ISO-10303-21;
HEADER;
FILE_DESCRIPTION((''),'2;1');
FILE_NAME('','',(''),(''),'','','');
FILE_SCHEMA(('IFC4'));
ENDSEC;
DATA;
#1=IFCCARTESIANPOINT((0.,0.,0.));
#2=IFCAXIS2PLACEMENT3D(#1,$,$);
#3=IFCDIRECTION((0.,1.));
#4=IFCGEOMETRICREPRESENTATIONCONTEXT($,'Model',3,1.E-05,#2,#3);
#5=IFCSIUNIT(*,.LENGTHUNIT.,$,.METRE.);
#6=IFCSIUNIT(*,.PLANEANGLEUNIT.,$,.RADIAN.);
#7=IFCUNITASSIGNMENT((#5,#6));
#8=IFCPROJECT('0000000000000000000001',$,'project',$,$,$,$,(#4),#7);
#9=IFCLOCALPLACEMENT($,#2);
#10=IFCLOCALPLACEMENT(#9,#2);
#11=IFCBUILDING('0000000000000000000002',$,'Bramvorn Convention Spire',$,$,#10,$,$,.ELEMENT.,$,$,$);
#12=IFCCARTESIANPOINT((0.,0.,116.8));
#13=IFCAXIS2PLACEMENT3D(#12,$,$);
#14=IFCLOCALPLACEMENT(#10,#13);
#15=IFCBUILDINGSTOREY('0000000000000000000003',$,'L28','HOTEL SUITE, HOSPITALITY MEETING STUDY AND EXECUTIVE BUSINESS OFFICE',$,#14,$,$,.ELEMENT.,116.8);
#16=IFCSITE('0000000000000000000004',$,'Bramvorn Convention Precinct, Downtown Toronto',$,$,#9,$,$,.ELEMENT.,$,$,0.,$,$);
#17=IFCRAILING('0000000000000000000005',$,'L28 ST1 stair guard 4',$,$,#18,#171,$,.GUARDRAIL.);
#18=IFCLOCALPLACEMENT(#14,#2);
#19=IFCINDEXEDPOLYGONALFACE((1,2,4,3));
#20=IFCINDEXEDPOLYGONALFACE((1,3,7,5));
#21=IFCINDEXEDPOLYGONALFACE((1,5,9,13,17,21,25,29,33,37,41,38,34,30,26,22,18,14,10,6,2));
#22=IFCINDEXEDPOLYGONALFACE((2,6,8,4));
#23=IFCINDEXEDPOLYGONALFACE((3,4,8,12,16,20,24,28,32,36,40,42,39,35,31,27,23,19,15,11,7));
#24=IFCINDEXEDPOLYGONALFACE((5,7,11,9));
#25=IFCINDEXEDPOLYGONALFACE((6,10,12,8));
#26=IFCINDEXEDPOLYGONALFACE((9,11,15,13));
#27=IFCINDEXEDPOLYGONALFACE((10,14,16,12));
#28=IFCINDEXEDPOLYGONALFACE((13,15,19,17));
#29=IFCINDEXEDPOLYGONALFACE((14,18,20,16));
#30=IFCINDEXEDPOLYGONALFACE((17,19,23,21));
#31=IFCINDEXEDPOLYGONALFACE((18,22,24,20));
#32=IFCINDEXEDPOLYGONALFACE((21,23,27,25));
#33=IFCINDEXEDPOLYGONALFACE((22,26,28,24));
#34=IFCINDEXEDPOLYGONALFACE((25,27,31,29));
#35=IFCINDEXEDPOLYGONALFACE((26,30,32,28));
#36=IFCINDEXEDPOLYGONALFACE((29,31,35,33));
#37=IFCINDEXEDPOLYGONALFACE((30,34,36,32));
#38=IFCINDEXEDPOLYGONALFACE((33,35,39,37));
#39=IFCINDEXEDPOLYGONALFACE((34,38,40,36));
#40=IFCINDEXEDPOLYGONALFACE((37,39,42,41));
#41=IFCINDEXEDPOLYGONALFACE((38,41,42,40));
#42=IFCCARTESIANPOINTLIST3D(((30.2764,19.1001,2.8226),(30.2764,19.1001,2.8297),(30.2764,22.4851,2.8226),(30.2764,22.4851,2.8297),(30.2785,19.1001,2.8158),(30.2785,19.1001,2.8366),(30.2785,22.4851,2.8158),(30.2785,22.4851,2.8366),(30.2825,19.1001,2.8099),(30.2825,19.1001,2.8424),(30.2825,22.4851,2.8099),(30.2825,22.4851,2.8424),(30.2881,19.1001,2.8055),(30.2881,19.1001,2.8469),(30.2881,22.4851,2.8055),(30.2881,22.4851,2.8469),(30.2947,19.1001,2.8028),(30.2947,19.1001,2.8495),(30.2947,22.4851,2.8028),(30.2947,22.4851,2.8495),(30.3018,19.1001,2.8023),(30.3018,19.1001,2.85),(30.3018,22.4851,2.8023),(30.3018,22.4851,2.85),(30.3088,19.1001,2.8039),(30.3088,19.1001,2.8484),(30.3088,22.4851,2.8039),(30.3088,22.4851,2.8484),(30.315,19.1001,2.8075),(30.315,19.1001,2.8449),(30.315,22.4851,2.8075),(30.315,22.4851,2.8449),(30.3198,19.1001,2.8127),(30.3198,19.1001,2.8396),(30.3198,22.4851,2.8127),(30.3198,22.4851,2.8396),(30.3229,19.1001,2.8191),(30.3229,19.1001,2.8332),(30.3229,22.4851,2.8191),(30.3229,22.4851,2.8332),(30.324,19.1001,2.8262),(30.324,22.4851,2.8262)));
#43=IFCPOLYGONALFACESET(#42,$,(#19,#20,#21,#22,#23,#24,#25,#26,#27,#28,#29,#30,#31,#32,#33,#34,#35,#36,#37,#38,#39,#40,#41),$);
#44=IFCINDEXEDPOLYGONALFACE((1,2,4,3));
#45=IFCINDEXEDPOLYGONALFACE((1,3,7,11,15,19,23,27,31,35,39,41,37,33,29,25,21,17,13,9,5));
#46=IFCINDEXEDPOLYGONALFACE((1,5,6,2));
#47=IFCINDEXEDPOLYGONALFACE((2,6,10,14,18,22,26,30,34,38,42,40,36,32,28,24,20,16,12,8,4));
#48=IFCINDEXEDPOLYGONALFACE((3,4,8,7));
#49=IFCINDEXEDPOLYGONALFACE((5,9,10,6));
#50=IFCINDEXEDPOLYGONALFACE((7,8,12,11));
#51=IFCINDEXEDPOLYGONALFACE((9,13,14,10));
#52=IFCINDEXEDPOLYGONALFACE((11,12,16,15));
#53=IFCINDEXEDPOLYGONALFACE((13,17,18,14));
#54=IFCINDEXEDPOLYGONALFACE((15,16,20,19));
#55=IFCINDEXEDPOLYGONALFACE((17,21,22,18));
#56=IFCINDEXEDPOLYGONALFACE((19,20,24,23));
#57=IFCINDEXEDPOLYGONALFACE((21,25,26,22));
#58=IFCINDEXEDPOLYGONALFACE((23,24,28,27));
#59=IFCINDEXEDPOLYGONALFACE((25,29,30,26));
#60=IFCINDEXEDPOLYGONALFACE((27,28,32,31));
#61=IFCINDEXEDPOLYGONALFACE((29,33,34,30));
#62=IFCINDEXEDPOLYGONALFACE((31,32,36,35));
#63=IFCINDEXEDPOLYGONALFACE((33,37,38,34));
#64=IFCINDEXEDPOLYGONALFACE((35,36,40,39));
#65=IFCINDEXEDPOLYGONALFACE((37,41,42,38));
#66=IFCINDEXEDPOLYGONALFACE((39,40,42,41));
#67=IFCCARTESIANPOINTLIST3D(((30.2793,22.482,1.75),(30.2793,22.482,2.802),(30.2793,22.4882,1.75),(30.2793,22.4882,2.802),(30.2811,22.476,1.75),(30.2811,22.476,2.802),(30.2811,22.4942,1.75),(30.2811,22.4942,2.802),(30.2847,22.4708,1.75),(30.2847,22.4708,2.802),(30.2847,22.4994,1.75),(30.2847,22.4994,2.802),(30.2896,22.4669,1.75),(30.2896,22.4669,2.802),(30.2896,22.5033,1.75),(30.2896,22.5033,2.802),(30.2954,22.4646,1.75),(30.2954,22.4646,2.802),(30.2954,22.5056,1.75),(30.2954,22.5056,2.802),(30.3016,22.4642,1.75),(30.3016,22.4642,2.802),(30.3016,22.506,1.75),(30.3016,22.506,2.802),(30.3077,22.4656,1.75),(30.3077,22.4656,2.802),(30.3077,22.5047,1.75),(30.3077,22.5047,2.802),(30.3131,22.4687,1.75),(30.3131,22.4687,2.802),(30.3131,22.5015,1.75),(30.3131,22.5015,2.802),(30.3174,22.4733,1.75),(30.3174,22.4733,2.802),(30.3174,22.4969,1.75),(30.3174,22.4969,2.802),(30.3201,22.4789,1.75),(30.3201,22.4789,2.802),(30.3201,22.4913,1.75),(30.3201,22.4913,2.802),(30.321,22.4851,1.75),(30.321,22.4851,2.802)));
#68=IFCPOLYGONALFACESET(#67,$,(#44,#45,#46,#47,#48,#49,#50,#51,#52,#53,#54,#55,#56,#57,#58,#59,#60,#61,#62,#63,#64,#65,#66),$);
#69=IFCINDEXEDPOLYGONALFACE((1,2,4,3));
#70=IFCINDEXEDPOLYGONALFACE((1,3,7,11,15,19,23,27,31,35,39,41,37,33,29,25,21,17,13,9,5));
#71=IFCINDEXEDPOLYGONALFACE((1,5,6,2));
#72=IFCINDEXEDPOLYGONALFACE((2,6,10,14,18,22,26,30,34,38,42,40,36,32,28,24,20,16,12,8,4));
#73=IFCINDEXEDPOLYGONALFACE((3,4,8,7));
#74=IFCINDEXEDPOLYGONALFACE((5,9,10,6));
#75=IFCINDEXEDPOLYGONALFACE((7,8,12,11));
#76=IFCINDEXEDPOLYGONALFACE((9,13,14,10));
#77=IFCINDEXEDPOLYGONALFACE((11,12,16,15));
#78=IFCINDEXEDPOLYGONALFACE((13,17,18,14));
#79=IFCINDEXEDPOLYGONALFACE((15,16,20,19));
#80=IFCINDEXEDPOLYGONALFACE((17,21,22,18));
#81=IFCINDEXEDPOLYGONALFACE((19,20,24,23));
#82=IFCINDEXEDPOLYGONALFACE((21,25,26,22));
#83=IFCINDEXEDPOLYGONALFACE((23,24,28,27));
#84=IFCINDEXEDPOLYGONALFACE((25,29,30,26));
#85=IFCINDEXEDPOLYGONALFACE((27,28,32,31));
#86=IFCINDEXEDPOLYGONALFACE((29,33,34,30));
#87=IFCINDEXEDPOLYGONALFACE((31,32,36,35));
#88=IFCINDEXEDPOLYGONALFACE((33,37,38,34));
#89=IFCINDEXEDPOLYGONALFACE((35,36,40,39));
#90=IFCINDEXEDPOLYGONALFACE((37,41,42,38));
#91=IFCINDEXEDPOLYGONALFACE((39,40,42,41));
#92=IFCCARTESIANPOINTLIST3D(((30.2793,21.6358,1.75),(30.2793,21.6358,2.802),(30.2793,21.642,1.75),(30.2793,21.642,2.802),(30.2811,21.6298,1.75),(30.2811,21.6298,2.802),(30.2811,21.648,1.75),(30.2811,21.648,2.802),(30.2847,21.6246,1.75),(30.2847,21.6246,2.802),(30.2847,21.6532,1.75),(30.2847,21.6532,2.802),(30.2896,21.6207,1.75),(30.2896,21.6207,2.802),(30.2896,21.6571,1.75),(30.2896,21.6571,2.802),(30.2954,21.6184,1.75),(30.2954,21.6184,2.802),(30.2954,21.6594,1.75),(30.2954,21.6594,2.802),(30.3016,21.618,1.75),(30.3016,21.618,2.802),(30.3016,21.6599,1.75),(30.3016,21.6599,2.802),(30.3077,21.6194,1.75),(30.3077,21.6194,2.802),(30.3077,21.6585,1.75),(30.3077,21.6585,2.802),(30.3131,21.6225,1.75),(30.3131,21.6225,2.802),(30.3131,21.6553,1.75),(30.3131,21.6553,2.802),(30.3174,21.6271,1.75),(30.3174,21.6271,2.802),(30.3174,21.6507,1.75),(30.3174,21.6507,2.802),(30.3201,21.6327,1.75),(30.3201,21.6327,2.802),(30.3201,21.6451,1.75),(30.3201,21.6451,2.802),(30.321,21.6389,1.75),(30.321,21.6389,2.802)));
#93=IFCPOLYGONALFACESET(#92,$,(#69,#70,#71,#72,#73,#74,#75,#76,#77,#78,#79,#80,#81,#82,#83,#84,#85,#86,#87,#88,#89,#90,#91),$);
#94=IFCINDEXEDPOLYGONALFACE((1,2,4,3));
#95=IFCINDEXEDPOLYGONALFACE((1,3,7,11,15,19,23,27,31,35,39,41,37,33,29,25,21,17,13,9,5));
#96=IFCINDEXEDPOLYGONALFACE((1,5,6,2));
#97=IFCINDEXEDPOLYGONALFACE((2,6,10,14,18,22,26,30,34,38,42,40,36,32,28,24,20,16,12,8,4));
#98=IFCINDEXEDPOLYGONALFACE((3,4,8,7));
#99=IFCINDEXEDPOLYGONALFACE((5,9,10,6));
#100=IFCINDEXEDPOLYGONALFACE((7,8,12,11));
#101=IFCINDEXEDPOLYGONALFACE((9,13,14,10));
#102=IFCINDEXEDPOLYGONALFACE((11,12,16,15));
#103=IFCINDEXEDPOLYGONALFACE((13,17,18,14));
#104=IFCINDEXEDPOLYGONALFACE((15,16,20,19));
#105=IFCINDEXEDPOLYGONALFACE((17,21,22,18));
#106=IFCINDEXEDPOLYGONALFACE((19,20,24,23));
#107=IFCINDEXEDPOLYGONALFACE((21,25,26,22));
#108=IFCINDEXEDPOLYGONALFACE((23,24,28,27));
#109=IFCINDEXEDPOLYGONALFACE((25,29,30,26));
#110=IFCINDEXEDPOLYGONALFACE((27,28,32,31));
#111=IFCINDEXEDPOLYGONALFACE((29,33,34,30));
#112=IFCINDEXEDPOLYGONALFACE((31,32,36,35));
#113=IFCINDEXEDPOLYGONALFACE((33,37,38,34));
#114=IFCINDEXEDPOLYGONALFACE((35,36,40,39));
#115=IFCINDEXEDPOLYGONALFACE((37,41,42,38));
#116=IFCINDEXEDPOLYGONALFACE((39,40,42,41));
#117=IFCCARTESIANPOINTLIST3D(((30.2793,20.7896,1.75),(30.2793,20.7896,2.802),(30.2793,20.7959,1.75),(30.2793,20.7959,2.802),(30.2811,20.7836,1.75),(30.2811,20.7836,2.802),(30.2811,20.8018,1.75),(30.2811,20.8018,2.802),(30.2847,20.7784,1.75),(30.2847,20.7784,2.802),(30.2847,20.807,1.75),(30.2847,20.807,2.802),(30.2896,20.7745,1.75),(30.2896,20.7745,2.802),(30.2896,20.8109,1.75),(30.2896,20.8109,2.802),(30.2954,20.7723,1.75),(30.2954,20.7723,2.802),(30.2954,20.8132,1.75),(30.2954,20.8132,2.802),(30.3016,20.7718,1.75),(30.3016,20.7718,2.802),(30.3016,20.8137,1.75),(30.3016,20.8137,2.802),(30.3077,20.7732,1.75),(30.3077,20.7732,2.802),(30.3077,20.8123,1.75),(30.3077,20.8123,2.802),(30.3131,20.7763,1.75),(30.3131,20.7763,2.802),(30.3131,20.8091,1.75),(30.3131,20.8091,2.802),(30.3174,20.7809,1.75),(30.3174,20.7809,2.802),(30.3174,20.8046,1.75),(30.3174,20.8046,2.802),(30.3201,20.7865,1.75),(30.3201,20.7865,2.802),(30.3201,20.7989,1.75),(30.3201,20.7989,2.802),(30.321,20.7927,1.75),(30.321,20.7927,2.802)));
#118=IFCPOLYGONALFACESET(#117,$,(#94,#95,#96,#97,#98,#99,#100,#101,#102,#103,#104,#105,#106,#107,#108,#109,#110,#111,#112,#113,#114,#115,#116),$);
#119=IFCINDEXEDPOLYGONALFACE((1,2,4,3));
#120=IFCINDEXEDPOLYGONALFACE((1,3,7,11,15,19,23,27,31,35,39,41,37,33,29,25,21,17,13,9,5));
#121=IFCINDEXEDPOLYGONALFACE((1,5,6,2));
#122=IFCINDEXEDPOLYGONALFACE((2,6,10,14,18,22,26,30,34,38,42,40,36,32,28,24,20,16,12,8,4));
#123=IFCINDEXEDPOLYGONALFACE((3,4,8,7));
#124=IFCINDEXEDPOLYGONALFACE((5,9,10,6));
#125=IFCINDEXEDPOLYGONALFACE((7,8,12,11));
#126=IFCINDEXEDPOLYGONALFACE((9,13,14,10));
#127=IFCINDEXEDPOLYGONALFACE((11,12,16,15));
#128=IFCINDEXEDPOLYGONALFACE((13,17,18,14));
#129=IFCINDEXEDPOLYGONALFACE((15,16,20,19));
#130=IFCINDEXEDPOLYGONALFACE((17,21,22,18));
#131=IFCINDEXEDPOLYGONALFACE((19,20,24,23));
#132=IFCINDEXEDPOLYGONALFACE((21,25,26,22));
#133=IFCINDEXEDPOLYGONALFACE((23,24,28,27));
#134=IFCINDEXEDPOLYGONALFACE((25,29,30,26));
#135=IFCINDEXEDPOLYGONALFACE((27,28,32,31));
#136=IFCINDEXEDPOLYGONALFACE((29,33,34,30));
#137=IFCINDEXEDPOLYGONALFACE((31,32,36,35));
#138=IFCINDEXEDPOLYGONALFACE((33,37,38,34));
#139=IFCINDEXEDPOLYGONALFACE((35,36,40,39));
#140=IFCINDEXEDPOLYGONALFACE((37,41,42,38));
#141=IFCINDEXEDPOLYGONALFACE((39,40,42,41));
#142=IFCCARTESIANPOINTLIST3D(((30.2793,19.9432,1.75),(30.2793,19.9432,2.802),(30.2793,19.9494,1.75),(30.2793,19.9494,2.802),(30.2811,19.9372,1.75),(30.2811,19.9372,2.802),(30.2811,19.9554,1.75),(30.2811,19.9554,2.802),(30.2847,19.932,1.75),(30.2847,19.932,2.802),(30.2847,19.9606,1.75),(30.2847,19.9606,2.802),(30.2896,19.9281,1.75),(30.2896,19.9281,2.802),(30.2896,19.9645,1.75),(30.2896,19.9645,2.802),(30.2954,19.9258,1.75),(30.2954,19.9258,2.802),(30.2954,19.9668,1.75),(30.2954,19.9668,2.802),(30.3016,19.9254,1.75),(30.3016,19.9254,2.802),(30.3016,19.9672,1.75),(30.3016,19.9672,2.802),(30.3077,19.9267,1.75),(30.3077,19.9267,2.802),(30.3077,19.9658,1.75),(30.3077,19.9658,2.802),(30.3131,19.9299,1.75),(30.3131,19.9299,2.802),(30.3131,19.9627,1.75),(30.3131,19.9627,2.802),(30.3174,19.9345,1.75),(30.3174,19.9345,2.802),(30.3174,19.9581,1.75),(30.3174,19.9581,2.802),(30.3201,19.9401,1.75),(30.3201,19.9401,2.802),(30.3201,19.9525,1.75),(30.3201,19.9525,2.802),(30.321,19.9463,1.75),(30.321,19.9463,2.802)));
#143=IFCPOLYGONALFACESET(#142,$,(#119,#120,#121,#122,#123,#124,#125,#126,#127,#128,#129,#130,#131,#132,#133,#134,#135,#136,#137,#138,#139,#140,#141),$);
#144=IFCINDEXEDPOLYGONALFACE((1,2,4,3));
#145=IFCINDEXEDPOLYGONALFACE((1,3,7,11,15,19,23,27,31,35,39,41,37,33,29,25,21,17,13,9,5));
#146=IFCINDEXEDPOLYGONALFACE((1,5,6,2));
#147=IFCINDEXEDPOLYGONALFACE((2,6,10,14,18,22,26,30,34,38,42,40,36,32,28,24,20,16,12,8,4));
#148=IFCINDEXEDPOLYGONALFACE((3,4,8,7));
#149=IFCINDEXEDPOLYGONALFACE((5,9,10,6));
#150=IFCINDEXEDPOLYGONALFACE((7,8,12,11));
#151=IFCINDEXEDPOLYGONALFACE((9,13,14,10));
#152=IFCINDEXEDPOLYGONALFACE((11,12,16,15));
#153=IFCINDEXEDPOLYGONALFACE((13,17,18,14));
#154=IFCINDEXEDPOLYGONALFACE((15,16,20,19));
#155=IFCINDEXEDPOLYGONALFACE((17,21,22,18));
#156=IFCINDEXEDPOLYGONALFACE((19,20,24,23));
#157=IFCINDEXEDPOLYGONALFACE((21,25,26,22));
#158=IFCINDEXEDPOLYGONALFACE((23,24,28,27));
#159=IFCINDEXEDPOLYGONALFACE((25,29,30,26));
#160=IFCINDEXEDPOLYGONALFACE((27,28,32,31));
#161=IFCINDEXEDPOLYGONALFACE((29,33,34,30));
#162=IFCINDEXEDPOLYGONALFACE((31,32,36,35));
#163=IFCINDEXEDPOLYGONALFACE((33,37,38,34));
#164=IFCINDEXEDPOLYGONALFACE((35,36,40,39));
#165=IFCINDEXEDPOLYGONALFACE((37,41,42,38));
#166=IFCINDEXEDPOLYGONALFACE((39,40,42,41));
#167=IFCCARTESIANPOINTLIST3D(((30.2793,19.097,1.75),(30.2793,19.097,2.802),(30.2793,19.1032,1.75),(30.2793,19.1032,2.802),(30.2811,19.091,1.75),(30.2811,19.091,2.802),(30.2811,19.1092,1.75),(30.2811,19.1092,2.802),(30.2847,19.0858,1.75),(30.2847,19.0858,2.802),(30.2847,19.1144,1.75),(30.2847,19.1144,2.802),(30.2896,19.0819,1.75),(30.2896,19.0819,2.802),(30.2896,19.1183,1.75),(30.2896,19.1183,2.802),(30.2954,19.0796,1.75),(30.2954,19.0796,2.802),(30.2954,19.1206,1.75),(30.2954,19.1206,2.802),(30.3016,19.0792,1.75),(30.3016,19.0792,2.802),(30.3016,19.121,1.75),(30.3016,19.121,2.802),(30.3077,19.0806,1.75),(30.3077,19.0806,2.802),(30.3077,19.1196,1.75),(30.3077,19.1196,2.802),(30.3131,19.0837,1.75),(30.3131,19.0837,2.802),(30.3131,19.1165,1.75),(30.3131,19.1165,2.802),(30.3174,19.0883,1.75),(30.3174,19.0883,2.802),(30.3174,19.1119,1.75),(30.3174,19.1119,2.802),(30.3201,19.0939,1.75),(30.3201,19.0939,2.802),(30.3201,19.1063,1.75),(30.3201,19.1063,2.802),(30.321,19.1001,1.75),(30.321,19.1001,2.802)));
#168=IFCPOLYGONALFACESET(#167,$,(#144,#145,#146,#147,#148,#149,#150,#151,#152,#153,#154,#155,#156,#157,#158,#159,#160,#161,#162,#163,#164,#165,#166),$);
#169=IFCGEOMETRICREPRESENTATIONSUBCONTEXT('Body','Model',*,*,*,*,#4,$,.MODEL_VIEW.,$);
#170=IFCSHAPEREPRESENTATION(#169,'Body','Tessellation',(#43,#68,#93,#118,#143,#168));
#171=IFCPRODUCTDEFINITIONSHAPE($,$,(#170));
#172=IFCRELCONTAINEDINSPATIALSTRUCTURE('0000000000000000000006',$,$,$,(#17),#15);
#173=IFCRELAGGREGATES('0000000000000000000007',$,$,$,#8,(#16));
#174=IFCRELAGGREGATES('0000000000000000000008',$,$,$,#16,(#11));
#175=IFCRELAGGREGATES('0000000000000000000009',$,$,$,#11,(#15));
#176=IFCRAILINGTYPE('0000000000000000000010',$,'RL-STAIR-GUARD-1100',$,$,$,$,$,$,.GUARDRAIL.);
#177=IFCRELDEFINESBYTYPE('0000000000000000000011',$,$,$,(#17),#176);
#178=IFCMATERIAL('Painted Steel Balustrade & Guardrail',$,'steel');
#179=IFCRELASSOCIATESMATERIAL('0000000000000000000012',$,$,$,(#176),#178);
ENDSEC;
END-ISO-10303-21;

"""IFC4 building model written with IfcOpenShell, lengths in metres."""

from ifc_helpers import new_model, si_unit, direction, frame, origin, origin_2d, place, context, subcontext, project, spatial, circle, extrude, material, type_object, element, save


model = new_model("IFC4")

# Units and contexts
model_context = context("Model", 3, precision=1e-05, world=origin(), true_north=direction((0.0, 1.0)))
body_context = subcontext(model_context, "Body", "Model", "MODEL_VIEW")
ifc_project = project(units=[si_unit("LENGTHUNIT", "METRE"), si_unit("PLANEANGLEUNIT", "RADIAN")], contexts=[model_context])

# Site, building, storey
site_placement = place(None, origin())
site = spatial("IfcSite", under=ifc_project, at=site_placement, Name="Bramvorn Convention Precinct, Downtown Toronto", CompositionType="ELEMENT", RefElevation=0.0)
building_placement = place(site_placement, origin())
building = spatial("IfcBuilding", under=site, at=building_placement, Name="Bramvorn Convention Spire", CompositionType="ELEMENT")
storey_placement = place(building_placement, frame((0.0, 0.0, 116.8)))
storey = spatial("IfcBuildingStorey", under=building, at=storey_placement, Name="L28", Description="HOTEL SUITE, HOSPITALITY MEETING STUDY AND EXECUTIVE BUSINESS OFFICE", CompositionType="ELEMENT", Elevation=116.8)

# Railing
ifc_material_1 = material(Name="Painted Steel Balustrade & Guardrail", Category="steel")
railing_type_1 = type_object("IfcRailingType", Name="RL-STAIR-GUARD-1100", PredefinedType="GUARDRAIL", material=ifc_material_1)
for number, where, name in (
    (1, (30.3, 22.4851, 1.75), "L28 ST1 stair guard 4"),
):
    element("IfcRailing", number, at=place(storey_placement, frame(where)), inside=storey, type_object=railing_type_1, Name=name, PredefinedType="GUARDRAIL", context=body_context, shape_type="SweptSolid", body=[
        extrude(circle(Radius=0.0239, at=origin_2d()), frame((0.0, 0.0, 1.0762), z_axis=(0.0, -1.0, 0.0), x_axis=(1.0, 0.0, 0.0)), (0.0, 0.0, 1.0), 3.385),
        extrude(circle(Radius=0.021, at=origin_2d()), origin(), (0.0, 0.0, 1.0), 1.052),
        extrude(circle(Radius=0.021, at=origin_2d()), frame((0.0, -0.8462, 0.0)), (0.0, 0.0, 1.0), 1.052),
        extrude(circle(Radius=0.021, at=origin_2d()), frame((0.0, -1.6924, 0.0)), (0.0, 0.0, 1.0), 1.052),
        extrude(circle(Radius=0.021, at=origin_2d()), frame((0.0, -2.5388, 0.0)), (0.0, 0.0, 1.0), 1.052),
        extrude(circle(Radius=0.021, at=origin_2d()), frame((0.0, -3.385, 0.0)), (0.0, 0.0, 1.0), 1.052),
    ])

save(model, "model.ifc")
